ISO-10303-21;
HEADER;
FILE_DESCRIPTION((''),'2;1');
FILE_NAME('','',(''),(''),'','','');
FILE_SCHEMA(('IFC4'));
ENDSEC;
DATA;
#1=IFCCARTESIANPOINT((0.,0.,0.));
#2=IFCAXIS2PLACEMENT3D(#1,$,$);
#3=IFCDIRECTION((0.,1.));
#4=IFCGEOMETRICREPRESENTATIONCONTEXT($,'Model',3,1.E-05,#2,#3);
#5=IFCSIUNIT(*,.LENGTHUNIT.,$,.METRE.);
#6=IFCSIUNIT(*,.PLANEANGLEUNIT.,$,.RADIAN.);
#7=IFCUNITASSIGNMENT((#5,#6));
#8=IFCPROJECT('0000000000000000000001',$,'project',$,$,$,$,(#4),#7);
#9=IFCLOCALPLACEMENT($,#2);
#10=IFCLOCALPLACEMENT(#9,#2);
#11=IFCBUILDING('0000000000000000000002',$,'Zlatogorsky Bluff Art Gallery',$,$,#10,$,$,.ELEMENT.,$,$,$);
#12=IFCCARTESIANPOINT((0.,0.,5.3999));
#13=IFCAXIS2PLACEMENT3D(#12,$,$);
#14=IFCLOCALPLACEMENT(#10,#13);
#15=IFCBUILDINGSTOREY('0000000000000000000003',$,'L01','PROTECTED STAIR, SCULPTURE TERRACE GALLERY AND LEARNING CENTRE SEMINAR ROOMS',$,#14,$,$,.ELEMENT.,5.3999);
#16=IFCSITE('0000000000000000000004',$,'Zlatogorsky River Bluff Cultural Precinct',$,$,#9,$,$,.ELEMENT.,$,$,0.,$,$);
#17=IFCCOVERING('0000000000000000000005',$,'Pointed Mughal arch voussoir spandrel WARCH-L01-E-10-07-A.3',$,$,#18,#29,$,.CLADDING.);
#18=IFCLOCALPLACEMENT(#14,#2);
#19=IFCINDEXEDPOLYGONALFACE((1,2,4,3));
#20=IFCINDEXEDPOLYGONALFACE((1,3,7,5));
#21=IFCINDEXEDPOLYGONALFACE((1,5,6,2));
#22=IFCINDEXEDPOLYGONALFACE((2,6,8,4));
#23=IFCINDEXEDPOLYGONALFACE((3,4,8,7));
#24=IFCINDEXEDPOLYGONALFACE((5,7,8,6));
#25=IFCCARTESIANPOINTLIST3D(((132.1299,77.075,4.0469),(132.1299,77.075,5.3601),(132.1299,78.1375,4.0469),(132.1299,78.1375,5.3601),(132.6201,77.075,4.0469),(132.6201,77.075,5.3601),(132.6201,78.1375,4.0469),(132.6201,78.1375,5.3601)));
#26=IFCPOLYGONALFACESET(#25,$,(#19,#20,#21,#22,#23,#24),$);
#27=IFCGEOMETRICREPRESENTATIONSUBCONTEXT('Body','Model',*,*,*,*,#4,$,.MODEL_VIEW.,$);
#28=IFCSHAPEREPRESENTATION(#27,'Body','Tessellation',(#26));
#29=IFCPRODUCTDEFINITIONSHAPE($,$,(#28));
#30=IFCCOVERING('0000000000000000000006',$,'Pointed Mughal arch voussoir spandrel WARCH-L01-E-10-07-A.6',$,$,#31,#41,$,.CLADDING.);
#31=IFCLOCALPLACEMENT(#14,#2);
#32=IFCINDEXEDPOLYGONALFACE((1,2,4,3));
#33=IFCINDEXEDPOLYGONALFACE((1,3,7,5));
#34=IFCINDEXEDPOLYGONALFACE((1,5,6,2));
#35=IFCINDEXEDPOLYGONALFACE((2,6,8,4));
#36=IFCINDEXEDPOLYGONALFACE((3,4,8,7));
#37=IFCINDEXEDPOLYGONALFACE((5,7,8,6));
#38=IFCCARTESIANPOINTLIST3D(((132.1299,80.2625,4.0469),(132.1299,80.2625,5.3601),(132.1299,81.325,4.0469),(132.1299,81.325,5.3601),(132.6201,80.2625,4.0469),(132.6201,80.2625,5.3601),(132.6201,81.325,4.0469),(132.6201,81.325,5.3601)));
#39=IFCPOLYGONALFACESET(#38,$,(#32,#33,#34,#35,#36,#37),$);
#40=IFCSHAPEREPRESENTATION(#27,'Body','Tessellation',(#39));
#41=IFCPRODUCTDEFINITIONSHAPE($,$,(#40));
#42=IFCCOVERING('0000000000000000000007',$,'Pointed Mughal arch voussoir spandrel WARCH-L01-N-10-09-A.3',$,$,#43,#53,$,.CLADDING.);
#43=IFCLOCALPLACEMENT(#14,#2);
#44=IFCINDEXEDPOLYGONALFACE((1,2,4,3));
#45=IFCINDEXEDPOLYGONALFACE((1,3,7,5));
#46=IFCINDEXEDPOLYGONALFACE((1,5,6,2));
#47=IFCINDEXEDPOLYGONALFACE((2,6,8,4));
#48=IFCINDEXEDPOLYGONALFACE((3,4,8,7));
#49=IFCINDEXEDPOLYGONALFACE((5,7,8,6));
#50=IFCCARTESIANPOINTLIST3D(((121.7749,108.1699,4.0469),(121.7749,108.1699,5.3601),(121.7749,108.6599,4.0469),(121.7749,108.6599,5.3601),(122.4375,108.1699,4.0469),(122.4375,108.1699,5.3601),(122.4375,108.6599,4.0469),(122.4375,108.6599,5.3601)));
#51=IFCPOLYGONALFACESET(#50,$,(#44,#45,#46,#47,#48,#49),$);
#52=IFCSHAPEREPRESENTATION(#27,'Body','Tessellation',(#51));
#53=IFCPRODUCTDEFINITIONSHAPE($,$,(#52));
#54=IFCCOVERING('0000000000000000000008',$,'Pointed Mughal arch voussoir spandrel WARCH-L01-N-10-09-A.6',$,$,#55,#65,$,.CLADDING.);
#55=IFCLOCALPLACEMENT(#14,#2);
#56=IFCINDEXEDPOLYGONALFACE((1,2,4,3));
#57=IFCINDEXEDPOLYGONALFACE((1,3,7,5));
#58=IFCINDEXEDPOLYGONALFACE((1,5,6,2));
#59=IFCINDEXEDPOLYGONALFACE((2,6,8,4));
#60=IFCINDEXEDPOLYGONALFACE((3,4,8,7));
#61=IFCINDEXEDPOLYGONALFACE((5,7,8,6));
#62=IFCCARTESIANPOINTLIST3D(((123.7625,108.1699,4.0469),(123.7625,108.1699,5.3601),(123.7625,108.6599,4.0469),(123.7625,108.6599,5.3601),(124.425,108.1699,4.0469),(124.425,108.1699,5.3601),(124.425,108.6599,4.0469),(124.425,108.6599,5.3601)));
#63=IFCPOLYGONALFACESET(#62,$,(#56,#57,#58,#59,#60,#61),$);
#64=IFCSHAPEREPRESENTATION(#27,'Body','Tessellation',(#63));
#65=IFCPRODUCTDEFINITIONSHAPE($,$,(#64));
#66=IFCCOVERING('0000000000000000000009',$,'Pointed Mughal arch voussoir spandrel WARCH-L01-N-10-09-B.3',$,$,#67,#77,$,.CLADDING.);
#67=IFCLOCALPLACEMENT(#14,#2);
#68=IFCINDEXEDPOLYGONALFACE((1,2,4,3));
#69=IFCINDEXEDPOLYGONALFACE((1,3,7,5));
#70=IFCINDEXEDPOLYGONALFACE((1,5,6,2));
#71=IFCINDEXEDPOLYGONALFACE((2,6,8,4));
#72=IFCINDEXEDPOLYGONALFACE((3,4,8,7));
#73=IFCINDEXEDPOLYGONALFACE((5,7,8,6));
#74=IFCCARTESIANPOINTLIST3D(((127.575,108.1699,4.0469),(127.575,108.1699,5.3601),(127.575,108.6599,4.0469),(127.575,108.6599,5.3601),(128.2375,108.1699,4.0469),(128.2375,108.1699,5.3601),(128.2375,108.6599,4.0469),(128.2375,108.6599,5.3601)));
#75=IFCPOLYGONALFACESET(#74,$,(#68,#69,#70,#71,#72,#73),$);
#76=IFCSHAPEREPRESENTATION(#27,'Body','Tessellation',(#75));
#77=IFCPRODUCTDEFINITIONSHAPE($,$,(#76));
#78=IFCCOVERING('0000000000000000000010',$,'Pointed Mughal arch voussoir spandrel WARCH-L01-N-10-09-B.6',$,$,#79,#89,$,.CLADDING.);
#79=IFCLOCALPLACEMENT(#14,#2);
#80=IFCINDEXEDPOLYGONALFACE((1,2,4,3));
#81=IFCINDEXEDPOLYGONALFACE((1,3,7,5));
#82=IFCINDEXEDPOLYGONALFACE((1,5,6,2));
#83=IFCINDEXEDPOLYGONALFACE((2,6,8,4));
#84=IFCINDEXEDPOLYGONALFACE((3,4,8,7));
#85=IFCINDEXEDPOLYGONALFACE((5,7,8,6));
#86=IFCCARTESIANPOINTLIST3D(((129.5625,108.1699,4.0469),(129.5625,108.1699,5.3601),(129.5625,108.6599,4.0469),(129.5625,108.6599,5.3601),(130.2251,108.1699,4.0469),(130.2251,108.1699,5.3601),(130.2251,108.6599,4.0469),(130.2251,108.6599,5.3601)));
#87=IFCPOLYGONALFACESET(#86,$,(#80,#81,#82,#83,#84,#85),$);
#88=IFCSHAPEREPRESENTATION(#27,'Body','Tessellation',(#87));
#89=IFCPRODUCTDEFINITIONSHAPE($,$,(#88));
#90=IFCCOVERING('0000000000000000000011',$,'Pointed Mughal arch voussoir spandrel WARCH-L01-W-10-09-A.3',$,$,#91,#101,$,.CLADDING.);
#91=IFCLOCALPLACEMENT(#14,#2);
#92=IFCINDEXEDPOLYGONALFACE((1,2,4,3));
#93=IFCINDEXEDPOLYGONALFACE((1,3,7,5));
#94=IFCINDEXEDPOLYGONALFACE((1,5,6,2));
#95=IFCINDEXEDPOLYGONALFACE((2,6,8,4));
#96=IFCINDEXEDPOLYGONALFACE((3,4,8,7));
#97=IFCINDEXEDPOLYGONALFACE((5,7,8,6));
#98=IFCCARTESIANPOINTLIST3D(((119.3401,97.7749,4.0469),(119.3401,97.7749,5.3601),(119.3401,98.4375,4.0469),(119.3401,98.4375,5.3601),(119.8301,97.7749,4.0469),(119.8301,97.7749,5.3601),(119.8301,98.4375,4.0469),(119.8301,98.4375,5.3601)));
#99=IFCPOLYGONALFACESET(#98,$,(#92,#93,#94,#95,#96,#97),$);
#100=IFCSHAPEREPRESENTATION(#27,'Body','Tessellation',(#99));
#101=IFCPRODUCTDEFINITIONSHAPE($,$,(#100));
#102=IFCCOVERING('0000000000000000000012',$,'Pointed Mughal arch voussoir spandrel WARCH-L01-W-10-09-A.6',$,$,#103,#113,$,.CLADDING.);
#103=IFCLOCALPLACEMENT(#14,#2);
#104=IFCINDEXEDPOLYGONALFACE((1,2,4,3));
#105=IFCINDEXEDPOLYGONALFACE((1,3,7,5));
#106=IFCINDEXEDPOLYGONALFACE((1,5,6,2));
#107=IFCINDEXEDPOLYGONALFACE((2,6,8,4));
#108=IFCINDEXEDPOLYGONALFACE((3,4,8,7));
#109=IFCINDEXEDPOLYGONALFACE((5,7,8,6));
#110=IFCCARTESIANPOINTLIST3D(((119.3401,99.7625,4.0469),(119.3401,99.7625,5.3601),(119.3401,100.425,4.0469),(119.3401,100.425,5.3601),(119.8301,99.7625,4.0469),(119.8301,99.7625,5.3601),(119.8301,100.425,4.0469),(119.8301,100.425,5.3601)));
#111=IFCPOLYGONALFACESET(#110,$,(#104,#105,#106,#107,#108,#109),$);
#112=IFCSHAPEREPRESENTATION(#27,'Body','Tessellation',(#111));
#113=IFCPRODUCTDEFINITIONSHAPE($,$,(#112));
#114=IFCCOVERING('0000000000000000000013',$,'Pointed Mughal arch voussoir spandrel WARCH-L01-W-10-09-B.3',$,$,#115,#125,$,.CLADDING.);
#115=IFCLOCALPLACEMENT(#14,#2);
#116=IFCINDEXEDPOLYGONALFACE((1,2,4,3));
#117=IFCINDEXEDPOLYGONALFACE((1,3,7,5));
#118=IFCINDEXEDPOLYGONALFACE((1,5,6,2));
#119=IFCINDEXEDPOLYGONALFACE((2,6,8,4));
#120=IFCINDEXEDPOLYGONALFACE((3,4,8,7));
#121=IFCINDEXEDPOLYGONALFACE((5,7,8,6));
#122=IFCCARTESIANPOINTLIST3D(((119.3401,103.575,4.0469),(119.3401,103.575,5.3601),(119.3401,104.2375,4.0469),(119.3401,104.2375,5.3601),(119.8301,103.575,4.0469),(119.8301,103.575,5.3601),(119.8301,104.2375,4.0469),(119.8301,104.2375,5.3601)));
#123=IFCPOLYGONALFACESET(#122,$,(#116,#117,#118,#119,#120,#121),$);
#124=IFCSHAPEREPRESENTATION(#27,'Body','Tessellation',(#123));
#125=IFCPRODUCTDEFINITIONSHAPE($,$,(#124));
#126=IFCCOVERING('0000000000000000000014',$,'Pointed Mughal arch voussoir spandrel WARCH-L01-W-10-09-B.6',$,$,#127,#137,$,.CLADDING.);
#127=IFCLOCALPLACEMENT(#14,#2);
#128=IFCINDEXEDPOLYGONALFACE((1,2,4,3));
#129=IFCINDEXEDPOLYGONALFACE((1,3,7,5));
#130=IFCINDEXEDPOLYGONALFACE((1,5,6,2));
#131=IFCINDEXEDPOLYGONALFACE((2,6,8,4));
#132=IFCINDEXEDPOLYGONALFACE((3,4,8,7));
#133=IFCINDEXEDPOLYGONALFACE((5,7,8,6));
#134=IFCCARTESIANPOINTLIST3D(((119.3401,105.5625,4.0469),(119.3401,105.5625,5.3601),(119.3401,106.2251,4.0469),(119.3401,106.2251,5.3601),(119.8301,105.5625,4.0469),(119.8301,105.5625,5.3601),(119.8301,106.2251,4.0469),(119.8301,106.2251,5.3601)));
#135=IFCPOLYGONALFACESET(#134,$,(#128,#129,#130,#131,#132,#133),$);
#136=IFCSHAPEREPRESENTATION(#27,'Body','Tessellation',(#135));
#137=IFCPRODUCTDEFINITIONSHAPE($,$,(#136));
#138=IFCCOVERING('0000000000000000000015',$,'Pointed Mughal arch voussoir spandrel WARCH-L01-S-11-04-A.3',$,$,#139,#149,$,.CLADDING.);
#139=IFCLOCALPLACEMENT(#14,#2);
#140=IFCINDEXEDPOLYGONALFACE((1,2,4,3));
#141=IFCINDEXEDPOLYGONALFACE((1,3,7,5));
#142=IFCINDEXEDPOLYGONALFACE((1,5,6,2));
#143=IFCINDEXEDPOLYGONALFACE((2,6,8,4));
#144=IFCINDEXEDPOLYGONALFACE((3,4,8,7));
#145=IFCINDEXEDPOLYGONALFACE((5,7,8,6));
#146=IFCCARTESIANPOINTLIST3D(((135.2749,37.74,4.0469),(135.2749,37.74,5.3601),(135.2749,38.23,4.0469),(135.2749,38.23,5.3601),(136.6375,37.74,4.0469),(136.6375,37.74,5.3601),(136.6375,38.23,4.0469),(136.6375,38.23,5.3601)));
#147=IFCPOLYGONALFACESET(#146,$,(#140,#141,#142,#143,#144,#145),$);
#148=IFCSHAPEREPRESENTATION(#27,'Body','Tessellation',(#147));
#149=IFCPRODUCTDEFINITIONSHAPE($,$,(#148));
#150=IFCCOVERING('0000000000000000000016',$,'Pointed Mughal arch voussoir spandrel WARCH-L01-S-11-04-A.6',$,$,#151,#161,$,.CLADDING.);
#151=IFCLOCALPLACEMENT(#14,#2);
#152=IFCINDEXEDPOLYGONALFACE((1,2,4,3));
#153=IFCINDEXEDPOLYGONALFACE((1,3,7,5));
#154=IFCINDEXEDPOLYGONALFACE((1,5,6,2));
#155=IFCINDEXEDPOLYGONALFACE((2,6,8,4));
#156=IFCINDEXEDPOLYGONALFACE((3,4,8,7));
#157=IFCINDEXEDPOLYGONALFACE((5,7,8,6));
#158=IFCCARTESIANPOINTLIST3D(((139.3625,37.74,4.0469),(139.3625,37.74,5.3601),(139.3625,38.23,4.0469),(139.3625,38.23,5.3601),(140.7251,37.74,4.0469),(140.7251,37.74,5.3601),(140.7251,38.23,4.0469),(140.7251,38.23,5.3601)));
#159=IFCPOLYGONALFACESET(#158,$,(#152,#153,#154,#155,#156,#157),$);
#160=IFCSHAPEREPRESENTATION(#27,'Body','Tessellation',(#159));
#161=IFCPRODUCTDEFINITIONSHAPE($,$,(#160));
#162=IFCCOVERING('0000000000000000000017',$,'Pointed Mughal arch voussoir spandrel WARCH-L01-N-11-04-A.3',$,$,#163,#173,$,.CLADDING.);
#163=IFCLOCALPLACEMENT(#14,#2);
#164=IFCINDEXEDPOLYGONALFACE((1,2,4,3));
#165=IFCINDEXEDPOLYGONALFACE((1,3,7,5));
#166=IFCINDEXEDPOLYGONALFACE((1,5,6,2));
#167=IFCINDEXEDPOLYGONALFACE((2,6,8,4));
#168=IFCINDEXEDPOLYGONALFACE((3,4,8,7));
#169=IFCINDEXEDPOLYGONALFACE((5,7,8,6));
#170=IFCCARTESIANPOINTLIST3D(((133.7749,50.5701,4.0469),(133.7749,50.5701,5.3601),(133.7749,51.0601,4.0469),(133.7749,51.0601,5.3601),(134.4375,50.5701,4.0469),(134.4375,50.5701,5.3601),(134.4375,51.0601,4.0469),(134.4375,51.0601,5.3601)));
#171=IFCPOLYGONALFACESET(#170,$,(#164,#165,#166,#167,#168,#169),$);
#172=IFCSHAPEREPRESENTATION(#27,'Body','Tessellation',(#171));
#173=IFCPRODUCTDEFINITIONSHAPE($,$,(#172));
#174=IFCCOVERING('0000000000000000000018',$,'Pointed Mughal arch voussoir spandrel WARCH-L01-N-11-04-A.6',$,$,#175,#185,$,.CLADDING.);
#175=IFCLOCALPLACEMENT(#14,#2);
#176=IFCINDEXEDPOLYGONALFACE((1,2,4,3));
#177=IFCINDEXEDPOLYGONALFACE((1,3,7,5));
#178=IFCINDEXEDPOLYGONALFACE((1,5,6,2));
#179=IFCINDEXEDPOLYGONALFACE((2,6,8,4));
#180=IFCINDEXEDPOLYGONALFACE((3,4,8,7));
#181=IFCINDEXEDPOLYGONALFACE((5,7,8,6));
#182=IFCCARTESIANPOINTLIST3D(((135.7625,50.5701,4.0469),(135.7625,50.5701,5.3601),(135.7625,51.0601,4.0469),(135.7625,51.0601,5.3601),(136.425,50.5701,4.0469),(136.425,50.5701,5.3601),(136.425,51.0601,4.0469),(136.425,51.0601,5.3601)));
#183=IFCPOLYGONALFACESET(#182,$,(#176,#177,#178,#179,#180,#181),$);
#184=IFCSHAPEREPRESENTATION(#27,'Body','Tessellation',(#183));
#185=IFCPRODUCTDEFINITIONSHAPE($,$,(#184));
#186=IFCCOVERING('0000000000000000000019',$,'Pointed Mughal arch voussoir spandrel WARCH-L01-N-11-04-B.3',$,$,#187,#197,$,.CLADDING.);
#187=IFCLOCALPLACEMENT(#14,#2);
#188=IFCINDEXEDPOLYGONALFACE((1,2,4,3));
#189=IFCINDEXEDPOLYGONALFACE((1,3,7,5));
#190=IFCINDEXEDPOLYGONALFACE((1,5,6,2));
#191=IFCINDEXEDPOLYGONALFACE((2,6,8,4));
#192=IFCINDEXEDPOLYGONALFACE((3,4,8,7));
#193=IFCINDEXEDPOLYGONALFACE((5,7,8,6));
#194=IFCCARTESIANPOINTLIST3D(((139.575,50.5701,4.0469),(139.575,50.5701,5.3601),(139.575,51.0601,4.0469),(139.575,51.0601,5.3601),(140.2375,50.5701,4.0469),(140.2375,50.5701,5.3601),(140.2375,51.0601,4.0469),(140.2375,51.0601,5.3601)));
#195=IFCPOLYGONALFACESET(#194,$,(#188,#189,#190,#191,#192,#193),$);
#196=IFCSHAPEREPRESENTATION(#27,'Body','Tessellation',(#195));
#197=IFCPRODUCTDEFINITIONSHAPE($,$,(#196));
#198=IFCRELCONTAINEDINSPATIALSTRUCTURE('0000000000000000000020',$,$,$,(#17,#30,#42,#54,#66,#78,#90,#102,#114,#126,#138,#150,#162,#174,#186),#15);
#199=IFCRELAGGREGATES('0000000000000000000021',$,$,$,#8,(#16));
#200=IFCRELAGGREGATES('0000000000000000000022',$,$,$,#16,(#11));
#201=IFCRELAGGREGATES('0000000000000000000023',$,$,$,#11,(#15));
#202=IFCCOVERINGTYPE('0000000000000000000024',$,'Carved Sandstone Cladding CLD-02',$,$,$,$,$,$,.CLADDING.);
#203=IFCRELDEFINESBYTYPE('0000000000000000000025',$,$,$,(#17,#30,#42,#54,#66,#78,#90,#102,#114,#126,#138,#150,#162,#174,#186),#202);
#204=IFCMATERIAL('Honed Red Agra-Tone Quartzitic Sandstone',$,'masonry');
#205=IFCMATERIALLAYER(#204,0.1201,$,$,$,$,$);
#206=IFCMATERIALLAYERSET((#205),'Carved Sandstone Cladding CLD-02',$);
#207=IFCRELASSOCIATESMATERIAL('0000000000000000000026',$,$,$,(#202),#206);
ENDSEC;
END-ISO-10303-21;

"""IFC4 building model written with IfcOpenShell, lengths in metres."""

from ifc_helpers import new_model, si_unit, direction, frame, origin, place, context, subcontext, project, spatial, polyline, outline, extrude, material, layer, layer_set, type_object, element, save


model = new_model("IFC4")

# Units and contexts
model_context = context("Model", 3, precision=1e-05, world=origin(), true_north=direction((0.0, 1.0)))
body_context = subcontext(model_context, "Body", "Model", "MODEL_VIEW")
ifc_project = project(units=[si_unit("LENGTHUNIT", "METRE"), si_unit("PLANEANGLEUNIT", "RADIAN")], contexts=[model_context])

# Site, building, storey
site_placement = place(None, origin())
site = spatial("IfcSite", under=ifc_project, at=site_placement, Name="Zlatogorsky River Bluff Cultural Precinct", CompositionType="ELEMENT", RefElevation=0.0)
building_placement = place(site_placement, origin())
building = spatial("IfcBuilding", under=site, at=building_placement, Name="Zlatogorsky Bluff Art Gallery", CompositionType="ELEMENT")
storey_placement = place(building_placement, frame((0.0, 0.0, 5.3999)))
storey = spatial("IfcBuildingStorey", under=building, at=storey_placement, Name="L01", Description="PROTECTED STAIR, SCULPTURE TERRACE GALLERY AND LEARNING CENTRE SEMINAR ROOMS", CompositionType="ELEMENT", Elevation=5.3999)

# Coverings
ifc_material = material(Name="Honed Red Agra-Tone Quartzitic Sandstone", Category="masonry")
ifc_layer = layer(ifc_material, 0.1201)
ifc_layer_set = layer_set([ifc_layer], Name="Carved Sandstone Cladding CLD-02")
covering_type = type_object("IfcCoveringType", Name="Carved Sandstone Cladding CLD-02", PredefinedType="CLADDING", material=ifc_layer_set)
covering_1_placement = place(storey_placement, frame((0.0, 0.0, 4.0469)))
element("IfcCovering", 1, at=covering_1_placement, inside=storey, type_object=covering_type, Name="Pointed Mughal arch voussoir spandrel WARCH-L01-E-10-07-A.3", PredefinedType="CLADDING", context=body_context, shape_type="SweptSolid", body=[
    extrude(outline(polyline([(132.1299, 77.075), (132.1299, 78.1375), (132.6201, 78.1375), (132.6201, 77.075), (132.1299, 77.075)])), origin(), (0.0, 0.0, 1.0), 1.3132),
])
covering_2_placement = place(storey_placement, frame((0.0, 0.0, 4.0469)))
element("IfcCovering", 2, at=covering_2_placement, inside=storey, type_object=covering_type, Name="Pointed Mughal arch voussoir spandrel WARCH-L01-E-10-07-A.6", PredefinedType="CLADDING", context=body_context, shape_type="SweptSolid", body=[
    extrude(outline(polyline([(132.1299, 80.2625), (132.1299, 81.325), (132.6201, 81.325), (132.6201, 80.2625), (132.1299, 80.2625)])), origin(), (0.0, 0.0, 1.0), 1.3132),
])
covering_3_placement = place(storey_placement, frame((0.0, 0.0, 4.0469)))
element("IfcCovering", 3, at=covering_3_placement, inside=storey, type_object=covering_type, Name="Pointed Mughal arch voussoir spandrel WARCH-L01-N-10-09-A.3", PredefinedType="CLADDING", context=body_context, shape_type="SweptSolid", body=[
    extrude(outline(polyline([(121.7749, 108.1699), (122.4375, 108.1699), (122.4375, 108.6599), (121.7749, 108.6599), (121.7749, 108.1699)])), origin(), (0.0, 0.0, 1.0), 1.3132),
])
covering_4_placement = place(storey_placement, frame((0.0, 0.0, 4.0469)))
element("IfcCovering", 4, at=covering_4_placement, inside=storey, type_object=covering_type, Name="Pointed Mughal arch voussoir spandrel WARCH-L01-N-10-09-A.6", PredefinedType="CLADDING", context=body_context, shape_type="SweptSolid", body=[
    extrude(outline(polyline([(123.7625, 108.1699), (124.425, 108.1699), (124.425, 108.6599), (123.7625, 108.6599), (123.7625, 108.1699)])), origin(), (0.0, 0.0, 1.0), 1.3132),
])
covering_5_placement = place(storey_placement, frame((0.0, 0.0, 4.0469)))
element("IfcCovering", 5, at=covering_5_placement, inside=storey, type_object=covering_type, Name="Pointed Mughal arch voussoir spandrel WARCH-L01-N-10-09-B.3", PredefinedType="CLADDING", context=body_context, shape_type="SweptSolid", body=[
    extrude(outline(polyline([(127.575, 108.1699), (128.2375, 108.1699), (128.2375, 108.6599), (127.575, 108.6599), (127.575, 108.1699)])), origin(), (0.0, 0.0, 1.0), 1.3132),
])
covering_6_placement = place(storey_placement, frame((0.0, 0.0, 4.0469)))
element("IfcCovering", 6, at=covering_6_placement, inside=storey, type_object=covering_type, Name="Pointed Mughal arch voussoir spandrel WARCH-L01-N-10-09-B.6", PredefinedType="CLADDING", context=body_context, shape_type="SweptSolid", body=[
    extrude(outline(polyline([(129.5625, 108.1699), (130.2251, 108.1699), (130.2251, 108.6599), (129.5625, 108.6599), (129.5625, 108.1699)])), origin(), (0.0, 0.0, 1.0), 1.3132),
])
covering_7_placement = place(storey_placement, frame((0.0, 0.0, 4.0469)))
element("IfcCovering", 7, at=covering_7_placement, inside=storey, type_object=covering_type, Name="Pointed Mughal arch voussoir spandrel WARCH-L01-W-10-09-A.3", PredefinedType="CLADDING", context=body_context, shape_type="SweptSolid", body=[
    extrude(outline(polyline([(119.3401, 97.7749), (119.3401, 98.4375), (119.8301, 98.4375), (119.8301, 97.7749), (119.3401, 97.7749)])), origin(), (0.0, 0.0, 1.0), 1.3132),
])
covering_8_placement = place(storey_placement, frame((0.0, 0.0, 4.0469)))
element("IfcCovering", 8, at=covering_8_placement, inside=storey, type_object=covering_type, Name="Pointed Mughal arch voussoir spandrel WARCH-L01-W-10-09-A.6", PredefinedType="CLADDING", context=body_context, shape_type="SweptSolid", body=[
    extrude(outline(polyline([(119.3401, 99.7625), (119.3401, 100.425), (119.8301, 100.425), (119.8301, 99.7625), (119.3401, 99.7625)])), origin(), (0.0, 0.0, 1.0), 1.3132),
])
covering_9_placement = place(storey_placement, frame((0.0, 0.0, 4.0469)))
element("IfcCovering", 9, at=covering_9_placement, inside=storey, type_object=covering_type, Name="Pointed Mughal arch voussoir spandrel WARCH-L01-W-10-09-B.3", PredefinedType="CLADDING", context=body_context, shape_type="SweptSolid", body=[
    extrude(outline(polyline([(119.3401, 103.575), (119.3401, 104.2375), (119.8301, 104.2375), (119.8301, 103.575), (119.3401, 103.575)])), origin(), (0.0, 0.0, 1.0), 1.3132),
])
covering_10_placement = place(storey_placement, frame((0.0, 0.0, 4.0469)))
element("IfcCovering", 10, at=covering_10_placement, inside=storey, type_object=covering_type, Name="Pointed Mughal arch voussoir spandrel WARCH-L01-W-10-09-B.6", PredefinedType="CLADDING", context=body_context, shape_type="SweptSolid", body=[
    extrude(outline(polyline([(119.3401, 105.5625), (119.3401, 106.2251), (119.8301, 106.2251), (119.8301, 105.5625), (119.3401, 105.5625)])), origin(), (0.0, 0.0, 1.0), 1.3132),
])
covering_11_placement = place(storey_placement, frame((0.0, 0.0, 4.0469)))
element("IfcCovering", 11, at=covering_11_placement, inside=storey, type_object=covering_type, Name="Pointed Mughal arch voussoir spandrel WARCH-L01-S-11-04-A.3", PredefinedType="CLADDING", context=body_context, shape_type="SweptSolid", body=[
    extrude(outline(polyline([(135.2749, 37.74), (136.6375, 37.74), (136.6375, 38.23), (135.2749, 38.23), (135.2749, 37.74)])), origin(), (0.0, 0.0, 1.0), 1.3132),
])
covering_12_placement = place(storey_placement, frame((0.0, 0.0, 4.0469)))
element("IfcCovering", 12, at=covering_12_placement, inside=storey, type_object=covering_type, Name="Pointed Mughal arch voussoir spandrel WARCH-L01-S-11-04-A.6", PredefinedType="CLADDING", context=body_context, shape_type="SweptSolid", body=[
    extrude(outline(polyline([(139.3625, 37.74), (140.7251, 37.74), (140.7251, 38.23), (139.3625, 38.23), (139.3625, 37.74)])), origin(), (0.0, 0.0, 1.0), 1.3132),
])
covering_13_placement = place(storey_placement, frame((0.0, 0.0, 4.0469)))
element("IfcCovering", 13, at=covering_13_placement, inside=storey, type_object=covering_type, Name="Pointed Mughal arch voussoir spandrel WARCH-L01-N-11-04-A.3", PredefinedType="CLADDING", context=body_context, shape_type="SweptSolid", body=[
    extrude(outline(polyline([(133.7749, 50.5701), (134.4375, 50.5701), (134.4375, 51.0601), (133.7749, 51.0601), (133.7749, 50.5701)])), origin(), (0.0, 0.0, 1.0), 1.3132),
])
covering_14_placement = place(storey_placement, frame((0.0, 0.0, 4.0469)))
element("IfcCovering", 14, at=covering_14_placement, inside=storey, type_object=covering_type, Name="Pointed Mughal arch voussoir spandrel WARCH-L01-N-11-04-A.6", PredefinedType="CLADDING", context=body_context, shape_type="SweptSolid", body=[
    extrude(outline(polyline([(135.7625, 50.5701), (136.425, 50.5701), (136.425, 51.0601), (135.7625, 51.0601), (135.7625, 50.5701)])), origin(), (0.0, 0.0, 1.0), 1.3132),
])
covering_15_placement = place(storey_placement, frame((0.0, 0.0, 4.0469)))
element("IfcCovering", 15, at=covering_15_placement, inside=storey, type_object=covering_type, Name="Pointed Mughal arch voussoir spandrel WARCH-L01-N-11-04-B.3", PredefinedType="CLADDING", context=body_context, shape_type="SweptSolid", body=[
    extrude(outline(polyline([(139.575, 50.5701), (140.2375, 50.5701), (140.2375, 51.0601), (139.575, 51.0601), (139.575, 50.5701)])), origin(), (0.0, 0.0, 1.0), 1.3132),
])

save(model, "model.ifc")
